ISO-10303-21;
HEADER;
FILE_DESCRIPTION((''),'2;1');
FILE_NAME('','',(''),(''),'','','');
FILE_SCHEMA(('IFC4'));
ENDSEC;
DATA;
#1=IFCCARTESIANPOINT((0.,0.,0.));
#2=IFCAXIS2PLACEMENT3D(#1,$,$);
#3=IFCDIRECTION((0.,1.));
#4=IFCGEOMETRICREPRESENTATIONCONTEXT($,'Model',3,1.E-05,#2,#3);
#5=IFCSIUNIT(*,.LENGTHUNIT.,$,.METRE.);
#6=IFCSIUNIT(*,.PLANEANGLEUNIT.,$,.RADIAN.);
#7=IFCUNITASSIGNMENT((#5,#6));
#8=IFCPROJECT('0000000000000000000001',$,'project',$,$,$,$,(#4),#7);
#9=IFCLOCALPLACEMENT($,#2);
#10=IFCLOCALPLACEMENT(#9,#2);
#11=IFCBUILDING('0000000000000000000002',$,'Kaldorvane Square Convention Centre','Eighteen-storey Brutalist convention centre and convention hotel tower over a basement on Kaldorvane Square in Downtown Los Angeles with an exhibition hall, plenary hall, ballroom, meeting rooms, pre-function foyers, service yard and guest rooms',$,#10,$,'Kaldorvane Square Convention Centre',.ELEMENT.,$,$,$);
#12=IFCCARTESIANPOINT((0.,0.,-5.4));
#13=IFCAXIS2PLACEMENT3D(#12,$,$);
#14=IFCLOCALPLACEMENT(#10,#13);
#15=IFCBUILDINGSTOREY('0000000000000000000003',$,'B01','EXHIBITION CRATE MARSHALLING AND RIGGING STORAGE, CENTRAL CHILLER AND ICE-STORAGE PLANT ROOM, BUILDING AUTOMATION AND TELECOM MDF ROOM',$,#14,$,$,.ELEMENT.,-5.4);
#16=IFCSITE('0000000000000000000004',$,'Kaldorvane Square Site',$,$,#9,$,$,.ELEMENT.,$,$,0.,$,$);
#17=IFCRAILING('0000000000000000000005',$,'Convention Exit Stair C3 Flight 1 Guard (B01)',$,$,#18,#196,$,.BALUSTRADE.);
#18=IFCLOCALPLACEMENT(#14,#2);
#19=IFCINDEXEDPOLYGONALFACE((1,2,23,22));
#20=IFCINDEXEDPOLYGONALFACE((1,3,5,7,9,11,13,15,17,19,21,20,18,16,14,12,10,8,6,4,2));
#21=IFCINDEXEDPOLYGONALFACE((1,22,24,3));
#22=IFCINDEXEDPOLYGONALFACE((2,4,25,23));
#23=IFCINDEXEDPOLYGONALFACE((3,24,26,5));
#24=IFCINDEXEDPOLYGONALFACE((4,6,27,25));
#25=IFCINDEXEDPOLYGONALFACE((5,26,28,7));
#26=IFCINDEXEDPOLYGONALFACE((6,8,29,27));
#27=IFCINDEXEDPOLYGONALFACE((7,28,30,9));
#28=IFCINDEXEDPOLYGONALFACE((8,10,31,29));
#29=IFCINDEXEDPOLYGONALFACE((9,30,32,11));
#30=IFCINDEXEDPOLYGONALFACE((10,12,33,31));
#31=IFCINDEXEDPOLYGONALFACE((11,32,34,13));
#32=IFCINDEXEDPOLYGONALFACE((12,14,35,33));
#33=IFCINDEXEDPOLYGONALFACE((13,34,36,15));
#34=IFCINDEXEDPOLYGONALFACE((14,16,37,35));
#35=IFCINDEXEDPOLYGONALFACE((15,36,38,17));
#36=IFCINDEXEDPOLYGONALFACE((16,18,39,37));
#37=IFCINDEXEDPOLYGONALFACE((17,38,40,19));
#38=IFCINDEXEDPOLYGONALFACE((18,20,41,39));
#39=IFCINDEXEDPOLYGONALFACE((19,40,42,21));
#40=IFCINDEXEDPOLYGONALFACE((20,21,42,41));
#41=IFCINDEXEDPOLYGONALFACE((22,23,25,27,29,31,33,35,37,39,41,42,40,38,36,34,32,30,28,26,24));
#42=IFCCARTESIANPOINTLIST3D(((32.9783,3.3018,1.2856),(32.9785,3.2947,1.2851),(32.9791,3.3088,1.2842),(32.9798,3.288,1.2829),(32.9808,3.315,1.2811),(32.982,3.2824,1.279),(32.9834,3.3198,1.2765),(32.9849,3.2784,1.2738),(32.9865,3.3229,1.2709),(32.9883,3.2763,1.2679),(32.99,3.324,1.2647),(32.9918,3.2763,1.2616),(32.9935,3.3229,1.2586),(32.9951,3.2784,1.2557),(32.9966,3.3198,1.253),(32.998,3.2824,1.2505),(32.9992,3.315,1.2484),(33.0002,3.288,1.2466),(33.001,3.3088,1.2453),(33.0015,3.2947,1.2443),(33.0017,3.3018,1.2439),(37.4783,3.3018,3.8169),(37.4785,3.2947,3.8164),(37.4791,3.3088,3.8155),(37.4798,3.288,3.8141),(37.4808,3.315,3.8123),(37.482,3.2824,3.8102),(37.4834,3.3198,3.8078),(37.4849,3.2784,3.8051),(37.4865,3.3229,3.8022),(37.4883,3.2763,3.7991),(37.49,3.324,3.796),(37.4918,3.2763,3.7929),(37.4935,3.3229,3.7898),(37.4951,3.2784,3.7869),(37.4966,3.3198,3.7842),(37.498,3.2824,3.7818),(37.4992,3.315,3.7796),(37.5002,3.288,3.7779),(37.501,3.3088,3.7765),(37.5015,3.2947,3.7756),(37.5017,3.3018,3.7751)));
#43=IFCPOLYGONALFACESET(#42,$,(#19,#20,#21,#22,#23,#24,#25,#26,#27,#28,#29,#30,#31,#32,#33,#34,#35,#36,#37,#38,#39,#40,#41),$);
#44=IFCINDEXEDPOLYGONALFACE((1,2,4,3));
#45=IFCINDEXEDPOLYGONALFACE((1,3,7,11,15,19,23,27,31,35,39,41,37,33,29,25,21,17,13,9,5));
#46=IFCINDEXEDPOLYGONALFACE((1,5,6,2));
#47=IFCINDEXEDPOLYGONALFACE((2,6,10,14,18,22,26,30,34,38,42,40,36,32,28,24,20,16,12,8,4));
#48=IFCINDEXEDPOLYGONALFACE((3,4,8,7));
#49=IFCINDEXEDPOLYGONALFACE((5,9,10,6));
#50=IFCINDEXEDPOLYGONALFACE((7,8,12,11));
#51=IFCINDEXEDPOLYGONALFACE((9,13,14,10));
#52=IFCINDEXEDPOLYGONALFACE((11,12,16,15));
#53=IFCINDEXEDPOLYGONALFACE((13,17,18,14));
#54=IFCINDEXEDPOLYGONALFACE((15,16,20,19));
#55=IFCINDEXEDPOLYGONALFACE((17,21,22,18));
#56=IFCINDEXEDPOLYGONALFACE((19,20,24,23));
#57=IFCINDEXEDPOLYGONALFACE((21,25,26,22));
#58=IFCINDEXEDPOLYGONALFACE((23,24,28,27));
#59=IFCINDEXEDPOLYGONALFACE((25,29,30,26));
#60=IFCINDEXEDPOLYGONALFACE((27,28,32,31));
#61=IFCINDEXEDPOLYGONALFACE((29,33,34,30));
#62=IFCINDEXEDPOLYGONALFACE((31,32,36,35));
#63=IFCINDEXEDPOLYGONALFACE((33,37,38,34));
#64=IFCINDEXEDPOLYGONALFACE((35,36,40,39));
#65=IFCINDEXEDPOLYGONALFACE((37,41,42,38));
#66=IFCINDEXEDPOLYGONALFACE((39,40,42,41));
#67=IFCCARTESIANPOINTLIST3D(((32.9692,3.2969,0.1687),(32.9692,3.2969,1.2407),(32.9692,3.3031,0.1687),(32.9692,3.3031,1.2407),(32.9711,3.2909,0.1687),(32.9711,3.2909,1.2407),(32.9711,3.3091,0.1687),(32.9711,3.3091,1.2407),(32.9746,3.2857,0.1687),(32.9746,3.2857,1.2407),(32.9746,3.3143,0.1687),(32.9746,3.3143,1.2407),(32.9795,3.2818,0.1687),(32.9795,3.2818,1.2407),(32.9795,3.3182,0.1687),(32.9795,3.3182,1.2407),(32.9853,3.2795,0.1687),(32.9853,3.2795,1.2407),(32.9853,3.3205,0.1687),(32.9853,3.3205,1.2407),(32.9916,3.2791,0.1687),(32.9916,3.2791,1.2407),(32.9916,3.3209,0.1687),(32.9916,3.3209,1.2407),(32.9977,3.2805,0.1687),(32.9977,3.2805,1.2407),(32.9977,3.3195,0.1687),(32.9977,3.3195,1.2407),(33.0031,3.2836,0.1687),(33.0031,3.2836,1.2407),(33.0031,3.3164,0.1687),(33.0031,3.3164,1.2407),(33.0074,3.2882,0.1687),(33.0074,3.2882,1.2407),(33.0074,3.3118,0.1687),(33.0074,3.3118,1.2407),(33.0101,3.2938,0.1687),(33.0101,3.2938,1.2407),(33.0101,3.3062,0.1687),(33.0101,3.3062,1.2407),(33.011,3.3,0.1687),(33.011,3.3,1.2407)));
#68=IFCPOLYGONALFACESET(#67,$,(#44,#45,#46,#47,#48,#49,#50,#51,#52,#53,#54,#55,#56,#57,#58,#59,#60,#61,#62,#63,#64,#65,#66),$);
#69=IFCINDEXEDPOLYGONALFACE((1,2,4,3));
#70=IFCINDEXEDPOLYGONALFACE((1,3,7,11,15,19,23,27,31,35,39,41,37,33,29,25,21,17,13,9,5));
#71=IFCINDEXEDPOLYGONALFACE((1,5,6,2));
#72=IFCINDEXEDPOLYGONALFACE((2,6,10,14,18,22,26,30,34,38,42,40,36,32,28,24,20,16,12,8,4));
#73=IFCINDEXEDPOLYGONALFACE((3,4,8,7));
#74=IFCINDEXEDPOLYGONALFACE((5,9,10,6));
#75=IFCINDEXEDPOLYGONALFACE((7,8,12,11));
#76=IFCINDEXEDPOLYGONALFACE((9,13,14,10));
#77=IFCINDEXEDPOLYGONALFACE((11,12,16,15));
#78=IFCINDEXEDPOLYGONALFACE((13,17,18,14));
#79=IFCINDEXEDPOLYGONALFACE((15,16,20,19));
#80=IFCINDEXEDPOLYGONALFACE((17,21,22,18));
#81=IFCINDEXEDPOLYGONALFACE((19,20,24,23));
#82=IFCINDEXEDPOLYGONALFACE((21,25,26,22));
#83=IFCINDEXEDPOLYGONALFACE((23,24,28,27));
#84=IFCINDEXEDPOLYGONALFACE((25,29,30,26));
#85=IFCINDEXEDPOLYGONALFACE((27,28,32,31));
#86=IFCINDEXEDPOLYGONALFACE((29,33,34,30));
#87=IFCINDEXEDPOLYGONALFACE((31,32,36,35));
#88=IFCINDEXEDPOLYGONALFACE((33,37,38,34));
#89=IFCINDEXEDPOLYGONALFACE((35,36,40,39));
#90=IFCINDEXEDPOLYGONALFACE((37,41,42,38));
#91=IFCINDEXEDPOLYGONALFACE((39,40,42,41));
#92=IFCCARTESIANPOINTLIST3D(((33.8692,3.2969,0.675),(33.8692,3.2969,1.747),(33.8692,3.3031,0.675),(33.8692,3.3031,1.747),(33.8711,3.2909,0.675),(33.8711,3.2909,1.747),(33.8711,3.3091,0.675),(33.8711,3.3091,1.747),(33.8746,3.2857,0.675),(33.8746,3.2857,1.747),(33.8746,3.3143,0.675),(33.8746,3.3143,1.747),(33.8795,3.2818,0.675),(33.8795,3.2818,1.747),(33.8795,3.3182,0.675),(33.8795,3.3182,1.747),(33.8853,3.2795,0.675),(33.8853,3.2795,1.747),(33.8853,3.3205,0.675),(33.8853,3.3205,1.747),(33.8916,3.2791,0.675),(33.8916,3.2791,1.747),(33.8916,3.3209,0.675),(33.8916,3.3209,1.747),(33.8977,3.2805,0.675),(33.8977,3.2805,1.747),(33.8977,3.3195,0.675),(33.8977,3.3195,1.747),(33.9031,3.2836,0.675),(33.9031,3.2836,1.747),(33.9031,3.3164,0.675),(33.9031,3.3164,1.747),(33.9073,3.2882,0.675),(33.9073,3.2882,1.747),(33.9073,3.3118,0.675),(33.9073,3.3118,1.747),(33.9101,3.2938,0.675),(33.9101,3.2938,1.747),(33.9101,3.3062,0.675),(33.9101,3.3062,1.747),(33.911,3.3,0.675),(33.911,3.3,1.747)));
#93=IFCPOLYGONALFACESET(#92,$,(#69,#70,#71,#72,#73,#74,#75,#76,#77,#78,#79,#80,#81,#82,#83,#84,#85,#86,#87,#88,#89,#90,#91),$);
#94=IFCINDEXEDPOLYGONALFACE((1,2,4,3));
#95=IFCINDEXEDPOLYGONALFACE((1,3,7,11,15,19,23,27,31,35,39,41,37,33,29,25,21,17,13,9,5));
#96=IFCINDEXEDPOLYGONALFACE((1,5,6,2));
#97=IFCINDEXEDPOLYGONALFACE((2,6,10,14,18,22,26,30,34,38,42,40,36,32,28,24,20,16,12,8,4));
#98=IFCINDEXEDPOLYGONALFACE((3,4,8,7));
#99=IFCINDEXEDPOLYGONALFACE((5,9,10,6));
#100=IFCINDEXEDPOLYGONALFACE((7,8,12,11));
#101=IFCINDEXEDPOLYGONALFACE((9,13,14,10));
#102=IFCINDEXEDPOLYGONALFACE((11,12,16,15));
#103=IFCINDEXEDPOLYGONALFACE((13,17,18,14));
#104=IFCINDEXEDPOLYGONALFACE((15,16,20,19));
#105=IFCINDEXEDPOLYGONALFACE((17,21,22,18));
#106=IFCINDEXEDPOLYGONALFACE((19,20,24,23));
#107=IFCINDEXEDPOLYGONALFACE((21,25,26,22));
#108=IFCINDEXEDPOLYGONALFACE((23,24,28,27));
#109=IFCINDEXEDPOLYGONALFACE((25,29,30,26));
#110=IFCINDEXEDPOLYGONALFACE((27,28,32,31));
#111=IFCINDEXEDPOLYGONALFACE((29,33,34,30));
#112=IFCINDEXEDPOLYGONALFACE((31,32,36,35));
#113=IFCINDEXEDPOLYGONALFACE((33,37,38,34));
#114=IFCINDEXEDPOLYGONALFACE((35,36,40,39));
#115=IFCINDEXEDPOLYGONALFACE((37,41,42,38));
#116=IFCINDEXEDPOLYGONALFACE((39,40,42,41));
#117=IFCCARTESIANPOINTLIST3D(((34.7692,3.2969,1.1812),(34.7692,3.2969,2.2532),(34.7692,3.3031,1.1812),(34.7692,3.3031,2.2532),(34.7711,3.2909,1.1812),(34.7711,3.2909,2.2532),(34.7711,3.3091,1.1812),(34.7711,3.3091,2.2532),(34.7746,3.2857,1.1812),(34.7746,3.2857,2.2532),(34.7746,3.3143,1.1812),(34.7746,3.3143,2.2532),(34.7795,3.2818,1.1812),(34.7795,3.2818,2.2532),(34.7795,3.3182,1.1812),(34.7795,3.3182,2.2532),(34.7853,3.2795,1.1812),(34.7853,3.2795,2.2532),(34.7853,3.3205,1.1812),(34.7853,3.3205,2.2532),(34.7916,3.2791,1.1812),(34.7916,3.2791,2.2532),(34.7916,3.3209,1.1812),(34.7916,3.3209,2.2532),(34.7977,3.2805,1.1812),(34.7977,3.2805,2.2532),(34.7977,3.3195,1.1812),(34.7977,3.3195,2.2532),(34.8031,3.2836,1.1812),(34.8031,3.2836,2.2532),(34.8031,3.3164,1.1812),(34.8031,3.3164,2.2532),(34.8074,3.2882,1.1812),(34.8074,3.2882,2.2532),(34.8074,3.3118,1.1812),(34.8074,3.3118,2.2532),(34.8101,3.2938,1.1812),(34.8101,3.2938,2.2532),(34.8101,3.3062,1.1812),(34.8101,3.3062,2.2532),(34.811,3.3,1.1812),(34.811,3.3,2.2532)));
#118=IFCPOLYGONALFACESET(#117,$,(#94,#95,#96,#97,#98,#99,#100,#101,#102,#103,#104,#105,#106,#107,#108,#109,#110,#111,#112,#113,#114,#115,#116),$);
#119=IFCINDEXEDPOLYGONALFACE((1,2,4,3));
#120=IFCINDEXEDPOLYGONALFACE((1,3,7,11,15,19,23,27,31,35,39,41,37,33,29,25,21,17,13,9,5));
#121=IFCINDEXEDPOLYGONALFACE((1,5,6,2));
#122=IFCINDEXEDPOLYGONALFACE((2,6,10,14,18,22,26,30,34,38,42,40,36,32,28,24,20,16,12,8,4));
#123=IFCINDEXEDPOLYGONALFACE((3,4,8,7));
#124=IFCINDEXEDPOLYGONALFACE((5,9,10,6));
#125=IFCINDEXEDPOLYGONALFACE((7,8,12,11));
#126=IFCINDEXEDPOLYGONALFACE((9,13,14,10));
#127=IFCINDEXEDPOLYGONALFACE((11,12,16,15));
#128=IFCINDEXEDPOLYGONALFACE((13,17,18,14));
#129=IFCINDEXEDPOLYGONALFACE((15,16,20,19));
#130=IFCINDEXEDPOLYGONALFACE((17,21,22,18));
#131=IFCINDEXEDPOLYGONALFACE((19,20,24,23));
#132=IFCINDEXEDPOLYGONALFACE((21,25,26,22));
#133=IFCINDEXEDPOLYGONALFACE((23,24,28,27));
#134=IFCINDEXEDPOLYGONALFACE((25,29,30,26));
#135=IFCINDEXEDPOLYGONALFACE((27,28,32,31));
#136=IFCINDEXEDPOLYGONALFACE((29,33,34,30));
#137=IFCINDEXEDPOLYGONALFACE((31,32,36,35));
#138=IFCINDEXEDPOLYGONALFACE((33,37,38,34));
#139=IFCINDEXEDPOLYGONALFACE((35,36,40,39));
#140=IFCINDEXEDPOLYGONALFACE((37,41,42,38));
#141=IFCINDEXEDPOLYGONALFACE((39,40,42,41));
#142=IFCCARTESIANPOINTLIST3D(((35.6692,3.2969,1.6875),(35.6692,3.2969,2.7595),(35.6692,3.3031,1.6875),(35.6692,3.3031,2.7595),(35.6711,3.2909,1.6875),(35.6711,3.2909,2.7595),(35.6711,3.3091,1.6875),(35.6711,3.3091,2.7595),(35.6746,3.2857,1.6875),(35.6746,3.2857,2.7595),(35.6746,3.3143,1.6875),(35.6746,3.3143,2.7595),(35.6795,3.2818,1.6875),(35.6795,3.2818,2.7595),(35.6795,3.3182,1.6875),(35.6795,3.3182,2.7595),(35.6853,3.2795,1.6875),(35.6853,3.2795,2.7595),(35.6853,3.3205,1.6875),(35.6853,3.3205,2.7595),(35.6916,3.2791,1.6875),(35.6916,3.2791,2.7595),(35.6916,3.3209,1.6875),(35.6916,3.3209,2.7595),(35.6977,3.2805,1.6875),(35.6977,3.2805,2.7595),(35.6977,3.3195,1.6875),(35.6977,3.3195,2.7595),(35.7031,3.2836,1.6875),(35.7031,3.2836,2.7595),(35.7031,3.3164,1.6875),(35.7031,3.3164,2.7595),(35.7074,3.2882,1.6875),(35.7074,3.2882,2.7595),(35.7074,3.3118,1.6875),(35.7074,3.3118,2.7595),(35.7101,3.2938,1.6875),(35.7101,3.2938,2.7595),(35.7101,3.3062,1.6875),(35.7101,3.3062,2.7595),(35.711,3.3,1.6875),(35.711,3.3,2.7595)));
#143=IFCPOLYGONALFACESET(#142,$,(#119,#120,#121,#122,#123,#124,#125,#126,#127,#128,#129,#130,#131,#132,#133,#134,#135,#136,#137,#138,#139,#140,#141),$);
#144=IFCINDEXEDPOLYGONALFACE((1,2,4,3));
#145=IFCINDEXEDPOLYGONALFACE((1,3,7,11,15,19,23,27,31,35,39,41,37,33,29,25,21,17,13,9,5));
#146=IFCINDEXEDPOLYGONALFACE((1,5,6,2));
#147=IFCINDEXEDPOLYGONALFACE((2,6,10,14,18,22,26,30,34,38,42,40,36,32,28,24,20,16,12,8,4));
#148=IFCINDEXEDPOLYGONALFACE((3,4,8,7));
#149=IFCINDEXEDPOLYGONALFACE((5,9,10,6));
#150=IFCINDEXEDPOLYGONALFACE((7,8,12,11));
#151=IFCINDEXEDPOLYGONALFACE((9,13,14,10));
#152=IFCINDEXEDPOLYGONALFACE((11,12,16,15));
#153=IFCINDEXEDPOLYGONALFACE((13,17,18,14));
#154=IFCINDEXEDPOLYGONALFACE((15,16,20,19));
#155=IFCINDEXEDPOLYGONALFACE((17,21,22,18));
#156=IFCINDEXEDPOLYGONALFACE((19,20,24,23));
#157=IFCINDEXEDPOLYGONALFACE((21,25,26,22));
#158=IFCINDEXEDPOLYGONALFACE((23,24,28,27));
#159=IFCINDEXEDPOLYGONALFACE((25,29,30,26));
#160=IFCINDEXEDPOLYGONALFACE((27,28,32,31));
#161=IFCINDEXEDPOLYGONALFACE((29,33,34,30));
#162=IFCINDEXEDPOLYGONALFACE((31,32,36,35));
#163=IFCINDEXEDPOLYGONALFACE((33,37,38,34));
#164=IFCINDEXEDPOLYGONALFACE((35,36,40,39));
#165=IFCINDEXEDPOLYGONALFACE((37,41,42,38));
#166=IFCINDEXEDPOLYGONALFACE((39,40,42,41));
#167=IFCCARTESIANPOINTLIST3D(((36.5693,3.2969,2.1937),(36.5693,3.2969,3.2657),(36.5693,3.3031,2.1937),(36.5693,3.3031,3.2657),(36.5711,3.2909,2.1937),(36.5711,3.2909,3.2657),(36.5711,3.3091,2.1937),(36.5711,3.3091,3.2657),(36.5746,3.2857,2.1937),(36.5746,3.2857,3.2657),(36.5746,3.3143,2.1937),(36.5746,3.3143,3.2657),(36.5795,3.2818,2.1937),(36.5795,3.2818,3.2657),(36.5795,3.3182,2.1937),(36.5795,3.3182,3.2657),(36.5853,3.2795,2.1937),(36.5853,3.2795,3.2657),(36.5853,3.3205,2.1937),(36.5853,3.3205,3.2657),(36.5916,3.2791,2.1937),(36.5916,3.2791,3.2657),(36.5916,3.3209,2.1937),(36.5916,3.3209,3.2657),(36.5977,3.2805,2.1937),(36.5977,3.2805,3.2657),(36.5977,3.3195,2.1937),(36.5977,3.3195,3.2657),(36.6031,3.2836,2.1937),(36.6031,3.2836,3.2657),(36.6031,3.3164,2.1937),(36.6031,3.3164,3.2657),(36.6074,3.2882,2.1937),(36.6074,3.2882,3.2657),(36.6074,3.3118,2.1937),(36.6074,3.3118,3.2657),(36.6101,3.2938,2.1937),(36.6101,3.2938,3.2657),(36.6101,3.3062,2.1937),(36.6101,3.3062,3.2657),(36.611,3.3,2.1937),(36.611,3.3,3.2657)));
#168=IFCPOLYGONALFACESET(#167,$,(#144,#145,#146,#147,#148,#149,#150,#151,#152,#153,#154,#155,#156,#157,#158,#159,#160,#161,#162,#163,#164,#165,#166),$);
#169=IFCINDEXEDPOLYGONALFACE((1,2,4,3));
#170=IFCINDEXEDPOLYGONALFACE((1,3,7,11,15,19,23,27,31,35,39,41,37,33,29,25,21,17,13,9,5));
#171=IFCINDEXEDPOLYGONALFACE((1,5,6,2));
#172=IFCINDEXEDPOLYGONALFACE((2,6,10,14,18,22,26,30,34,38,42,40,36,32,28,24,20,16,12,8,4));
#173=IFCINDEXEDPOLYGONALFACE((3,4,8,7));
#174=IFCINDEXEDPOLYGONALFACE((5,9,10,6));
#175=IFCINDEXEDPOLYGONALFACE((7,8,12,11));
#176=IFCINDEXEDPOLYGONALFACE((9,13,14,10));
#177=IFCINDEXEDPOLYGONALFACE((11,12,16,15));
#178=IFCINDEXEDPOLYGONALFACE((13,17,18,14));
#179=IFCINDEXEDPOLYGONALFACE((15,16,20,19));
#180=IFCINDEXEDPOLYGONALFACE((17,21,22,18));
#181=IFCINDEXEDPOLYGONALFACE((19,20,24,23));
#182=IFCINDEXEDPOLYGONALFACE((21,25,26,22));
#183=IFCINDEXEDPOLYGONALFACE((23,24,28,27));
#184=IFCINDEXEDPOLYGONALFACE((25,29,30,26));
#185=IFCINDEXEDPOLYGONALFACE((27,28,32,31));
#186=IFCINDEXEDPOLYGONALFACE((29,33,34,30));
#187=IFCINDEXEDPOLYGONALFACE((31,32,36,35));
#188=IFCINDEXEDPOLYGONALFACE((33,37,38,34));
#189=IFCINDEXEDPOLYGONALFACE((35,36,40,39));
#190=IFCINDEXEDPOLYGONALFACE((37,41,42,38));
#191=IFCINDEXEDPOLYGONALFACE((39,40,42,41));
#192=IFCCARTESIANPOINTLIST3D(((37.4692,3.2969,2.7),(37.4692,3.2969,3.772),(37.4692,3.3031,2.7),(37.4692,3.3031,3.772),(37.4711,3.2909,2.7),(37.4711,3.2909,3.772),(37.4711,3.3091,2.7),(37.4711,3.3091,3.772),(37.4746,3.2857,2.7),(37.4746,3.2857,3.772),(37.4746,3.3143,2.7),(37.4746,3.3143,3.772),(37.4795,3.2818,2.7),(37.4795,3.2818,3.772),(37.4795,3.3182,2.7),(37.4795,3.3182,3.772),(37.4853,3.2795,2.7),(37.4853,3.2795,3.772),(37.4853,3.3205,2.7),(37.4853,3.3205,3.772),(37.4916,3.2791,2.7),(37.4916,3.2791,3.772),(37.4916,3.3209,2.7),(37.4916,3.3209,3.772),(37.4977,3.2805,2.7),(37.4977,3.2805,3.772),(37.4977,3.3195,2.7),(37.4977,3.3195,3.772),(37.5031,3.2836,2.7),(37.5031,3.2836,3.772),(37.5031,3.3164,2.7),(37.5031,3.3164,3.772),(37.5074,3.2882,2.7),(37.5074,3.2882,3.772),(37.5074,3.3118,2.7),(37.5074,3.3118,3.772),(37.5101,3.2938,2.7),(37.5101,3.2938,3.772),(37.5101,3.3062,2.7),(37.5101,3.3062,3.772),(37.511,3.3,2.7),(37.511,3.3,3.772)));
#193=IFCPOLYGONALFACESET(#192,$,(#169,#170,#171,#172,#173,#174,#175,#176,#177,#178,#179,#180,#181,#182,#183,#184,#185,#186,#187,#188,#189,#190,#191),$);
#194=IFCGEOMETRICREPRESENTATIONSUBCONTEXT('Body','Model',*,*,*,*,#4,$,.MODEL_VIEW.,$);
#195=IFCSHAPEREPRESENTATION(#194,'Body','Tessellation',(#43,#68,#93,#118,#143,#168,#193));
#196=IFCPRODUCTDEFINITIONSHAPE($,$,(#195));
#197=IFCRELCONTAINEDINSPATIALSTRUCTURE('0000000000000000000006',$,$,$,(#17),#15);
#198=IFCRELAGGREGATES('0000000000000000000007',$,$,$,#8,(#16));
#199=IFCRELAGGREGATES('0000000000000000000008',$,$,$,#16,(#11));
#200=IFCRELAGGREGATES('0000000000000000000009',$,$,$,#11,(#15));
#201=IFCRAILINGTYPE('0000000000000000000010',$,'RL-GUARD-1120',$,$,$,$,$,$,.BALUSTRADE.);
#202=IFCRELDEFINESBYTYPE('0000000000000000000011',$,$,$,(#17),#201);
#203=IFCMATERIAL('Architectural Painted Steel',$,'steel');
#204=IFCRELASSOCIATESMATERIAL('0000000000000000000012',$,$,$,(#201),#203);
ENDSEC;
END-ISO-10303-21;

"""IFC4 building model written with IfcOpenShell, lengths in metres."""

from ifc_helpers import new_model, si_unit, direction, frame, origin, origin_2d, place, context, subcontext, project, spatial, circle, extrude, material, type_object, element, save


model = new_model("IFC4")

# Units and contexts
model_context = context("Model", 3, precision=1e-05, world=origin(), true_north=direction((0.0, 1.0)))
body_context = subcontext(model_context, "Body", "Model", "MODEL_VIEW")
ifc_project = project(units=[si_unit("LENGTHUNIT", "METRE"), si_unit("PLANEANGLEUNIT", "RADIAN")], contexts=[model_context])

# Site, building, storey
site_placement = place(None, origin())
site = spatial("IfcSite", under=ifc_project, at=site_placement, Name="Kaldorvane Square Site", CompositionType="ELEMENT", RefElevation=0.0)
building_placement = place(site_placement, origin())
building = spatial("IfcBuilding", under=site, at=building_placement, Name="Kaldorvane Square Convention Centre", Description="Eighteen-storey Brutalist convention centre and convention hotel tower over a basement on Kaldorvane Square in Downtown Los Angeles with an exhibition hall, plenary hall, ballroom, meeting rooms, pre-function foyers, service yard and guest rooms", LongName="Kaldorvane Square Convention Centre", CompositionType="ELEMENT")
storey_placement = place(building_placement, frame((0.0, 0.0, -5.4)))
storey = spatial("IfcBuildingStorey", under=building, at=storey_placement, Name="B01", Description="EXHIBITION CRATE MARSHALLING AND RIGGING STORAGE, CENTRAL CHILLER AND ICE-STORAGE PLANT ROOM, BUILDING AUTOMATION AND TELECOM MDF ROOM", CompositionType="ELEMENT", Elevation=-5.4)

# Railing
ifc_material_1 = material(Name="Architectural Painted Steel", Category="steel")
railing_type_1 = type_object("IfcRailingType", Name="RL-GUARD-1120", PredefinedType="BALUSTRADE", material=ifc_material_1)
railing_1_placement = place(storey_placement, frame((32.99, 3.3, 0.1687)))
element("IfcRailing", 1, at=railing_1_placement, inside=storey, type_object=railing_type_1, Name="Convention Exit Stair C3 Flight 1 Guard (B01)", PredefinedType="BALUSTRADE", context=body_context, shape_type="SweptSolid", body=[
    extrude(circle(Radius=0.024, at=origin_2d()), frame((0.0, 0.0, 1.096), z_axis=(0.871576, 0.0, 0.490261), x_axis=(0.0, 1.0, 0.0)), (0.0, 0.0, 1.0), 5.1631),
    extrude(circle(Radius=0.021, at=origin_2d()), origin(), (0.0, 0.0, 1.0), 1.072),
    extrude(circle(Radius=0.021, at=origin_2d()), frame((0.9, 0.0, 0.5063)), (0.0, 0.0, 1.0), 1.072),
    extrude(circle(Radius=0.021, at=origin_2d()), frame((1.8, 0.0, 1.0125)), (0.0, 0.0, 1.0), 1.072),
    extrude(circle(Radius=0.021, at=origin_2d()), frame((2.7, 0.0, 1.5188)), (0.0, 0.0, 1.0), 1.072),
    extrude(circle(Radius=0.021, at=origin_2d()), frame((3.6, 0.0, 2.025)), (0.0, 0.0, 1.0), 1.072),
    extrude(circle(Radius=0.021, at=origin_2d()), frame((4.5, 0.0, 2.5312)), (0.0, 0.0, 1.0), 1.072),
])

save(model, "model.ifc")
